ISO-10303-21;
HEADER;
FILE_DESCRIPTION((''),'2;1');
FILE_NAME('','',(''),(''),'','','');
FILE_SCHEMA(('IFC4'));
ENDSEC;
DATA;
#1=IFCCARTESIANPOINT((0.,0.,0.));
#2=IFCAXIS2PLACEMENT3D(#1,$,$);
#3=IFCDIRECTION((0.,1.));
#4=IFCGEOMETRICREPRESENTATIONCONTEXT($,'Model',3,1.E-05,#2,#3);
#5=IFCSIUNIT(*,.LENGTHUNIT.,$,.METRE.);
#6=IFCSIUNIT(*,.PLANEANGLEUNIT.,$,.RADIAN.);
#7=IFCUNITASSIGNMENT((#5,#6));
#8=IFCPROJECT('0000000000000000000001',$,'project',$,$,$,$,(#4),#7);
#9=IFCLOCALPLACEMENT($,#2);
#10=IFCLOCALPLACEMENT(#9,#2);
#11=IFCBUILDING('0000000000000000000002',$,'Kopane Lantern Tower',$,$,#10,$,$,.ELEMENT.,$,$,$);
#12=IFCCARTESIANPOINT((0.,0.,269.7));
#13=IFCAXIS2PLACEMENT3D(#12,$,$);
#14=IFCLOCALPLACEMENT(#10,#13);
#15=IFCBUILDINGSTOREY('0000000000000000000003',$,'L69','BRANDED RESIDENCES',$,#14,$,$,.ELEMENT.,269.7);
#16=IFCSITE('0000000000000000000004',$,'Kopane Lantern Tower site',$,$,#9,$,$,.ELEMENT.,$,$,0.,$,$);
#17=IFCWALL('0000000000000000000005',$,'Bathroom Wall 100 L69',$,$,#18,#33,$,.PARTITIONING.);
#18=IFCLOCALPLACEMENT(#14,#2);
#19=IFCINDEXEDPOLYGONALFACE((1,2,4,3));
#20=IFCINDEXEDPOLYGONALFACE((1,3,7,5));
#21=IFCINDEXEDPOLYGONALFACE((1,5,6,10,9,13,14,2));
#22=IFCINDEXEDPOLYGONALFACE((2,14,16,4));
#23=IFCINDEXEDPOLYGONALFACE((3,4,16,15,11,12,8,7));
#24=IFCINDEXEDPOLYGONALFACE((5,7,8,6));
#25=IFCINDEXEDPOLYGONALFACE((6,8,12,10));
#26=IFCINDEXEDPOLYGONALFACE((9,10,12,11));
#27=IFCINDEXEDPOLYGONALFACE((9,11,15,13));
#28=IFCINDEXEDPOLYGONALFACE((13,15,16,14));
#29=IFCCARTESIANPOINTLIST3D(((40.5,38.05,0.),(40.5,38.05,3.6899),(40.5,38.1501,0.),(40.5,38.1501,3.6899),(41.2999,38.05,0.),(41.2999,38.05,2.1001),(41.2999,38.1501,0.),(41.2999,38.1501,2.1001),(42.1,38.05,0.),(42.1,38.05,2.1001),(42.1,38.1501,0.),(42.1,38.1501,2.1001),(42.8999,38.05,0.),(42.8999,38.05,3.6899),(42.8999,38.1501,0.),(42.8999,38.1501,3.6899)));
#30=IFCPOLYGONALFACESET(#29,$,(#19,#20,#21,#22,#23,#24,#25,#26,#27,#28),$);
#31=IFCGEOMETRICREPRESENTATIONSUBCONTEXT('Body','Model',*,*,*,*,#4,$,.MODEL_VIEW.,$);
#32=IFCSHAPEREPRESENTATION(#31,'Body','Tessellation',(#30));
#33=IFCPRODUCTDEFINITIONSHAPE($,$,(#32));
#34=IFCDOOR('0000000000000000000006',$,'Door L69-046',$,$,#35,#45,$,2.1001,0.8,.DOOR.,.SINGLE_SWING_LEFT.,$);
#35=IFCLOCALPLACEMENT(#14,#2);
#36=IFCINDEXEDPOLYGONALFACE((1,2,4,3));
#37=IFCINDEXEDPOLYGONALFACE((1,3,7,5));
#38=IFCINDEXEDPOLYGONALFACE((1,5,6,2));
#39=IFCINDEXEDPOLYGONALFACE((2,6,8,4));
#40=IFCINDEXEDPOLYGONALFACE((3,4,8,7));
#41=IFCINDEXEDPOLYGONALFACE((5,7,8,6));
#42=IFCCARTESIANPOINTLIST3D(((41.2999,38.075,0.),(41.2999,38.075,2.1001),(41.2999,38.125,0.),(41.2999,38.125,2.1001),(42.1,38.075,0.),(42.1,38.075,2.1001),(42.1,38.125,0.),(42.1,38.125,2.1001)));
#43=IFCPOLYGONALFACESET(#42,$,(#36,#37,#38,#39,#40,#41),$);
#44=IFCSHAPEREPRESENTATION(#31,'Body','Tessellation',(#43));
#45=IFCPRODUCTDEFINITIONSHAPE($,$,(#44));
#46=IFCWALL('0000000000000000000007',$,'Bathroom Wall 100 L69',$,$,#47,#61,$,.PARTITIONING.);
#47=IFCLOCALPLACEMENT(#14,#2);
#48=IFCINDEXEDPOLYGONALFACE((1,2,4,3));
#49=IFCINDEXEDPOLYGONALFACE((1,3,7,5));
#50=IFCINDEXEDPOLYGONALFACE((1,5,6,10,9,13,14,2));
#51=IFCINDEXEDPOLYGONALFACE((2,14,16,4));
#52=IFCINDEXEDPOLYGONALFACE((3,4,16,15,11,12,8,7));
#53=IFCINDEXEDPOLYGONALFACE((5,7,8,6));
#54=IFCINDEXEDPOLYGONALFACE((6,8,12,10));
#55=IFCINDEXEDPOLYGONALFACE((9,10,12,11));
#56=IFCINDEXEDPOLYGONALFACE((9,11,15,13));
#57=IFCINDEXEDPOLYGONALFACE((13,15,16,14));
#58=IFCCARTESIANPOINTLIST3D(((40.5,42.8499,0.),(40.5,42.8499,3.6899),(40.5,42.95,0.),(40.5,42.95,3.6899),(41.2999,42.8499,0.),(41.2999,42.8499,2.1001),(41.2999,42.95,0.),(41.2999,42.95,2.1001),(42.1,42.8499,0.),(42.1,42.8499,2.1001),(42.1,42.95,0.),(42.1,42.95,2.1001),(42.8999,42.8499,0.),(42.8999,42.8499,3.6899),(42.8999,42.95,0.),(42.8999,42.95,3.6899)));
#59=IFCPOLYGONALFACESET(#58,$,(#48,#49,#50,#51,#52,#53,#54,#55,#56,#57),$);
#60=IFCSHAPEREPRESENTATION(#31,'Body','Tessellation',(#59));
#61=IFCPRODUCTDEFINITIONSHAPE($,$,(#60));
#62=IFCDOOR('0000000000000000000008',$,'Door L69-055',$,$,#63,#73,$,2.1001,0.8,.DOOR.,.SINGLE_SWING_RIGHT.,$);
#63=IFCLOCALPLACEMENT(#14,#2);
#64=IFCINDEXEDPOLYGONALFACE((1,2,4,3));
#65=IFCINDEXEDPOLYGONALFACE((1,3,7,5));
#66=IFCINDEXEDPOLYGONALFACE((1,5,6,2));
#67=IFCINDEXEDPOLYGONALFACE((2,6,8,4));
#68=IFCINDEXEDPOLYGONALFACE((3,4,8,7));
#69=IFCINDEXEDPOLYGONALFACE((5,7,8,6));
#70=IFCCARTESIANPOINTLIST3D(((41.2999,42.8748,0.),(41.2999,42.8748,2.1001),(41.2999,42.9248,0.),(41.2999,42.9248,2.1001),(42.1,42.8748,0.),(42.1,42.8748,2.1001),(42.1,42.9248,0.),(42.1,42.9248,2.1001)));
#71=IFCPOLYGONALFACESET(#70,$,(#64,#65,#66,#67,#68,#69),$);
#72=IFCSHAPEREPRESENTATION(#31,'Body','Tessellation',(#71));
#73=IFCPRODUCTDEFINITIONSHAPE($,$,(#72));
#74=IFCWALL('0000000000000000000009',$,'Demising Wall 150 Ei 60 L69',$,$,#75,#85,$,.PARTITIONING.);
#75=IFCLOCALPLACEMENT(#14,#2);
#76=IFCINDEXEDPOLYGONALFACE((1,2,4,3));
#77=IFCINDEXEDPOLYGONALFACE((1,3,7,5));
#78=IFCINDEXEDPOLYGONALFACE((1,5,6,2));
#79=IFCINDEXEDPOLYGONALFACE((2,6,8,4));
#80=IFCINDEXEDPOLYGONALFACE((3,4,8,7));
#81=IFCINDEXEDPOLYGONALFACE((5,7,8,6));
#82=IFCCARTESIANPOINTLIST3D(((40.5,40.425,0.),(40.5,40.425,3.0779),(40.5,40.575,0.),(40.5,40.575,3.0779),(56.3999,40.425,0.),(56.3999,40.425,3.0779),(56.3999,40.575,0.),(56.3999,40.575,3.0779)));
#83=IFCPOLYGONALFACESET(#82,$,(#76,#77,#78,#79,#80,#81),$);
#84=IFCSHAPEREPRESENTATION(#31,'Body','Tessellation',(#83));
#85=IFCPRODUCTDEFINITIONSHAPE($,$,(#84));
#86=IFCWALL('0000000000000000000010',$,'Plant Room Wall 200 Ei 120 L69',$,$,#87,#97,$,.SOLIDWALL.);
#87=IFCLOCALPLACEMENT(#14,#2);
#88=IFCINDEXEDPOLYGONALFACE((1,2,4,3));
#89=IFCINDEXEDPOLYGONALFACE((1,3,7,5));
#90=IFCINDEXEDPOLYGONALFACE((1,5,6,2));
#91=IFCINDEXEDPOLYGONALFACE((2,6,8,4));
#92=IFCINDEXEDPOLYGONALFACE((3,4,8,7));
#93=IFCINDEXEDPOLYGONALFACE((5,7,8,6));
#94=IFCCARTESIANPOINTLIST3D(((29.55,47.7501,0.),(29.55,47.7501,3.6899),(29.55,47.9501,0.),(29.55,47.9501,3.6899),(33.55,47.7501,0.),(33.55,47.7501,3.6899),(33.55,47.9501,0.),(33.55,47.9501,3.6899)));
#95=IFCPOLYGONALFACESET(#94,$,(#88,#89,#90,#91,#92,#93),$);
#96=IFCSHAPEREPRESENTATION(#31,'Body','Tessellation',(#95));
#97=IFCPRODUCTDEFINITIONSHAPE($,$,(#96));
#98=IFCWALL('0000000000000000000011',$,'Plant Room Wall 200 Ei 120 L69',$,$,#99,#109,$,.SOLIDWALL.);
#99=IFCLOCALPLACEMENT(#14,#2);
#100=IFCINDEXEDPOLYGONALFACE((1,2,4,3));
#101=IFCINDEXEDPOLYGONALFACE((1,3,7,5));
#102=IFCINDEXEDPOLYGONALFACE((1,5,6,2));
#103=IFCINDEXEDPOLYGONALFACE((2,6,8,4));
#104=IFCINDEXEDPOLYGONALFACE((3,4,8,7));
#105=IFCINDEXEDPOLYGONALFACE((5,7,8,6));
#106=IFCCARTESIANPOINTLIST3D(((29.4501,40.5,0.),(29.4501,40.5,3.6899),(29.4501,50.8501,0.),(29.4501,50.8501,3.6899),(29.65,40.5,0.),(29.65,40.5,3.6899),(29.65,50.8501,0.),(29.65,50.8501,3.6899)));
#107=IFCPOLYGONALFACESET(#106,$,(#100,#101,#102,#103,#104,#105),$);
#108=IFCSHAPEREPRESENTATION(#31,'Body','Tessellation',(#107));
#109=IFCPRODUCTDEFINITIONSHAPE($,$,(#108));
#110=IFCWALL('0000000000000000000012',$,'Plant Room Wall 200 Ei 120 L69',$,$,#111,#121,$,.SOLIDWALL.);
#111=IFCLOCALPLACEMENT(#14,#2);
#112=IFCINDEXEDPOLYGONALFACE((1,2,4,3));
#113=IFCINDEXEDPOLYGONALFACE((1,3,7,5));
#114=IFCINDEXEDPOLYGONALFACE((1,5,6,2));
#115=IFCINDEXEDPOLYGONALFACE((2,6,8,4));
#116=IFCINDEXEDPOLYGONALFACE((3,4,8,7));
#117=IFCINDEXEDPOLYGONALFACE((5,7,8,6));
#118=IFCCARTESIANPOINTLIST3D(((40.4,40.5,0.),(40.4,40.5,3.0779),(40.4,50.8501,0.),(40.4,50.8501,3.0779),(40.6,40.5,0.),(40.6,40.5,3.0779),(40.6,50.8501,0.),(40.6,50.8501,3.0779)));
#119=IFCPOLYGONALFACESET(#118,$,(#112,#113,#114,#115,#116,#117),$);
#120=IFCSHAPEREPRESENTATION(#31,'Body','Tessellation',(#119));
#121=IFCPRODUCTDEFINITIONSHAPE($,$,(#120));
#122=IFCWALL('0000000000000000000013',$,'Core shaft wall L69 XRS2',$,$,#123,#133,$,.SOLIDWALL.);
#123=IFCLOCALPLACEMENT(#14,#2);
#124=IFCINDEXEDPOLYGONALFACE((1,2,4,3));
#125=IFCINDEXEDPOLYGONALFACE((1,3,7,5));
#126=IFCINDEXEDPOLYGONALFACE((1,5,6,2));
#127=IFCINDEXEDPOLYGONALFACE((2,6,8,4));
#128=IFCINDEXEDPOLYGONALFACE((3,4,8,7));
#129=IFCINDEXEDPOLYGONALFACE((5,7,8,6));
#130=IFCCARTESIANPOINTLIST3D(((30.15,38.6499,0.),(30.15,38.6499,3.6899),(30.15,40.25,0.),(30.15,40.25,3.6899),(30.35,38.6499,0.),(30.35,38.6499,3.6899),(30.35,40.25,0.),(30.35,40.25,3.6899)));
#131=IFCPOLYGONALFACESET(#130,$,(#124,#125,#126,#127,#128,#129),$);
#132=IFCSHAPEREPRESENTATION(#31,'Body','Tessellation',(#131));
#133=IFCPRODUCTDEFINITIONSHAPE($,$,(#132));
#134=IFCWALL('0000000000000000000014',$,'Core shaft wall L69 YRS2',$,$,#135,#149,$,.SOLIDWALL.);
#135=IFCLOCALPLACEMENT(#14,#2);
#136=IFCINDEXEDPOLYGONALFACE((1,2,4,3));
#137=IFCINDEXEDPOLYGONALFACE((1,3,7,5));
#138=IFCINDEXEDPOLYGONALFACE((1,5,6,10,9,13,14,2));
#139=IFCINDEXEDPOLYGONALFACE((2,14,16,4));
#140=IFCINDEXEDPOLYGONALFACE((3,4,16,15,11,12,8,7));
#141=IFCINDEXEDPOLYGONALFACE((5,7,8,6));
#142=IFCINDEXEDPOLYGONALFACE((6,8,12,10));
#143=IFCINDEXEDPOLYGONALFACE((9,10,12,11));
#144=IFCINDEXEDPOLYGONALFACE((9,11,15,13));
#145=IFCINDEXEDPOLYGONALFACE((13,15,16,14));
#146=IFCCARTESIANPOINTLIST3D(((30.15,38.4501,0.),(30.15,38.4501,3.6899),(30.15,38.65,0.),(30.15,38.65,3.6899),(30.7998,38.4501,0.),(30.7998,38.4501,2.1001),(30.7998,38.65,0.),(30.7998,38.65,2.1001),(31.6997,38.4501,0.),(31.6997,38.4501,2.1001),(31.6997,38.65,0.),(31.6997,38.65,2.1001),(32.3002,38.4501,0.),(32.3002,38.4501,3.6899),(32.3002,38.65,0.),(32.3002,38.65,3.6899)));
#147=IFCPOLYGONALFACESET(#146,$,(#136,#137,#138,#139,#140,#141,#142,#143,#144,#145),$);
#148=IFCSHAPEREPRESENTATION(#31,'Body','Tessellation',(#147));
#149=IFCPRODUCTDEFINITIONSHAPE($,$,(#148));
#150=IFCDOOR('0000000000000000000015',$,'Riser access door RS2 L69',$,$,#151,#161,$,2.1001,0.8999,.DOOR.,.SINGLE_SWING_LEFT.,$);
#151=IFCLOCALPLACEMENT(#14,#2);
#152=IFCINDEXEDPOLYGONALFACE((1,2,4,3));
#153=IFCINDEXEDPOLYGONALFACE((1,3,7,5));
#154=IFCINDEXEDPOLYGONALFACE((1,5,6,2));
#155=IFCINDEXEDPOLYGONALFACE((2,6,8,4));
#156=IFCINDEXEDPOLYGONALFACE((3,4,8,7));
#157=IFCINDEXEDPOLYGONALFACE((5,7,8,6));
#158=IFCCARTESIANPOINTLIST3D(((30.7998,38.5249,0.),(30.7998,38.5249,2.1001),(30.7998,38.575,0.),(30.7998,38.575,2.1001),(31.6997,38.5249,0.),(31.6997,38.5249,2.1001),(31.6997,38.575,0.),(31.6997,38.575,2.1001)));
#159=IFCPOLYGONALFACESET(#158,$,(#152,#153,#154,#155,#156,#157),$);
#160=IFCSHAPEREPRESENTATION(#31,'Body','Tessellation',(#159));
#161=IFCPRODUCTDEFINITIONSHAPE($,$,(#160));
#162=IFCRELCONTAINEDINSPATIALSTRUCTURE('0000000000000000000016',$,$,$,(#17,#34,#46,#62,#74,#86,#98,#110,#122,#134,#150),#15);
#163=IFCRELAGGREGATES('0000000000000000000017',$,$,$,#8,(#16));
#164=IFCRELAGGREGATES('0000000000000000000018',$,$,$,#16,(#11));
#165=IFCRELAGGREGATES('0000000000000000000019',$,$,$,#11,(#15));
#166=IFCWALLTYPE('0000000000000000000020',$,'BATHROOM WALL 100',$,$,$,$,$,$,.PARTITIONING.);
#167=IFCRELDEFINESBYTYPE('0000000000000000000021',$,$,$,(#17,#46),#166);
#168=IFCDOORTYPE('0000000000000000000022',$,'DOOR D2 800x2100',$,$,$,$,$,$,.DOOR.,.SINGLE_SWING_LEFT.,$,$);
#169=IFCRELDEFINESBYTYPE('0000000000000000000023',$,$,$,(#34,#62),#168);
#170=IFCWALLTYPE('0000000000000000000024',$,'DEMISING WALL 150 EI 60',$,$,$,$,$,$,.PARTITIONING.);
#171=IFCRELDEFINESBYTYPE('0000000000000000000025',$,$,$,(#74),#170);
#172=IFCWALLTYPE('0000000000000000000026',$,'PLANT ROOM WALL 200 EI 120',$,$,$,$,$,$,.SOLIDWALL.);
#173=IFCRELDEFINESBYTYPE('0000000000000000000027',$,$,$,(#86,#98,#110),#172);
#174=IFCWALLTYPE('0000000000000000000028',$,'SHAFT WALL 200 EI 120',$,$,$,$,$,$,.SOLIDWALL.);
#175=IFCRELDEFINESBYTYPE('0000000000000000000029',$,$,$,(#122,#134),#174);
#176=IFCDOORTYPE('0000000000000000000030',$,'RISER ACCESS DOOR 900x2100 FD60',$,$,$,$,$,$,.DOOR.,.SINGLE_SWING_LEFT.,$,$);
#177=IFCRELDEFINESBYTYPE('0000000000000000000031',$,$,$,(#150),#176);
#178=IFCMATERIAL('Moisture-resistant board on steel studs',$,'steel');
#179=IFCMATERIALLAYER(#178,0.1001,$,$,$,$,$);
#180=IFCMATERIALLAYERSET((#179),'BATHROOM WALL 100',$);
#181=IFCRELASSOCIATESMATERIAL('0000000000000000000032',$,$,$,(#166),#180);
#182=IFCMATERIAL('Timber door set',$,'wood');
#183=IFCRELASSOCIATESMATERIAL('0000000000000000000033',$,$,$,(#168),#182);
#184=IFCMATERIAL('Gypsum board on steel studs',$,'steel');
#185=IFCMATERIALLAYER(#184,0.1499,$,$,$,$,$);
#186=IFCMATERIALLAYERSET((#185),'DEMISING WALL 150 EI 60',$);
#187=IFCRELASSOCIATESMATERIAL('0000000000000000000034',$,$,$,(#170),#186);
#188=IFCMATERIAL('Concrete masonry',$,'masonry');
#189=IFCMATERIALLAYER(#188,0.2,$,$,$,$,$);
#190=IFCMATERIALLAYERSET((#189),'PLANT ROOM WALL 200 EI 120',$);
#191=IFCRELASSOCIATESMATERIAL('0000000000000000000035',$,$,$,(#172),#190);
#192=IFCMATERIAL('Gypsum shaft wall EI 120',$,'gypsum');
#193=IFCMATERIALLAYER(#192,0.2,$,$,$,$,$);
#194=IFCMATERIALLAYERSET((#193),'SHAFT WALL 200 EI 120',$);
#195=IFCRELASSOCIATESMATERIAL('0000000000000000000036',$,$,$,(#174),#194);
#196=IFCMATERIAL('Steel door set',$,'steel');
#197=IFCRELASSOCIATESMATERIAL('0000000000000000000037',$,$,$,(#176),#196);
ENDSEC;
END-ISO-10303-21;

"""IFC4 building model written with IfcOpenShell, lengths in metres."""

from ifc_helpers import new_model, si_unit, direction, frame, frame_2d, origin, place, context, subcontext, project, spatial, rectangle, extrude, material, layer, layer_set, type_object, element, fill, save


model = new_model("IFC4")

# Units and contexts
model_context = context("Model", 3, precision=1e-05, world=origin(), true_north=direction((0.0, 1.0)))
body_context = subcontext(model_context, "Body", "Model", "MODEL_VIEW")
ifc_project = project(units=[si_unit("LENGTHUNIT", "METRE"), si_unit("PLANEANGLEUNIT", "RADIAN")], contexts=[model_context])

# Site, building, storey
site_placement = place(None, origin())
site = spatial("IfcSite", under=ifc_project, at=site_placement, Name="Kopane Lantern Tower site", CompositionType="ELEMENT", RefElevation=0.0)
building_placement = place(site_placement, origin())
building = spatial("IfcBuilding", under=site, at=building_placement, Name="Kopane Lantern Tower", CompositionType="ELEMENT")
storey_placement = place(building_placement, frame((0.0, 0.0, 269.7)))
storey = spatial("IfcBuildingStorey", under=building, at=storey_placement, Name="L69", Description="BRANDED RESIDENCES", CompositionType="ELEMENT", Elevation=269.7)

# Walls, openings, doors
ifc_material_1 = material(Name="Moisture-resistant board on steel studs", Category="steel")
ifc_layer_1 = layer(ifc_material_1, 0.1001)
ifc_layer_set_1 = layer_set([ifc_layer_1], Name="BATHROOM WALL 100")
wall_type_1 = type_object("IfcWallType", Name="BATHROOM WALL 100", PredefinedType="PARTITIONING", material=ifc_layer_set_1)
wall_1_placement = place(storey_placement, frame((40.5, 38.1001, 0.0), z_axis=(0.0, 0.0, 1.0), x_axis=(1.0, 0.0, 0.0)))
wall_1 = element("IfcWall", 1, at=wall_1_placement, inside=storey, type_object=wall_type_1, Name="Bathroom Wall 100 L69", PredefinedType="PARTITIONING", context=body_context, shape_type="SweptSolid", body=[
    extrude(rectangle(XDim=2.3999, YDim=0.1001, at=frame_2d((1.2, 0.0))), origin(), (0.0, 0.0, 1.0), 3.6899),
])
opening_1_placement = place(wall_1_placement, frame((0.8, 0.0, 0.0)))
opening_1 = element("IfcOpeningElement", 2, at=opening_1_placement, cuts=wall_1, PredefinedType="OPENING", context=body_context, shape_type="SweptSolid", body=[
    extrude(rectangle(XDim=0.8, YDim=2.1001, at=frame_2d((0.3999, 1.05))), frame((0.0, 0.0601, 0.0), z_axis=(0.0, -1.0, 0.0), x_axis=(1.0, 0.0, 0.0)), (0.0, 0.0, 1.0), 0.1201),
])
ifc_material_2 = material(Name="Timber door set", Category="wood")
door_type_1 = type_object("IfcDoorType", Name="DOOR D2 800x2100", OperationType="SINGLE_SWING_LEFT", PredefinedType="DOOR", material=ifc_material_2)
door_1_placement = place(opening_1_placement, origin())
door_1 = element("IfcDoor", 3, at=door_1_placement, inside=storey, type_object=door_type_1, Name="Door L69-046", OperationType="SINGLE_SWING_LEFT", OverallHeight=2.1001, OverallWidth=0.8, PredefinedType="DOOR", context=body_context, shape_type="SweptSolid", body=[
    extrude(rectangle(XDim=0.8, YDim=2.1001, at=frame_2d((0.3999, 1.05))), frame((0.0, 0.0249, 0.0), z_axis=(0.0, -1.0, 0.0), x_axis=(1.0, 0.0, 0.0)), (0.0, 0.0, 1.0), 0.05),
])
fill(opening_1, door_1)
wall_2_placement = place(storey_placement, frame((40.5, 42.8999, 0.0), z_axis=(0.0, 0.0, 1.0), x_axis=(1.0, 0.0, 0.0)))
wall_2 = element("IfcWall", 4, at=wall_2_placement, inside=storey, type_object=wall_type_1, Name="Bathroom Wall 100 L69", PredefinedType="PARTITIONING", context=body_context, shape_type="SweptSolid", body=[
    extrude(rectangle(XDim=2.3999, YDim=0.1001, at=frame_2d((1.2, 0.0))), origin(), (0.0, 0.0, 1.0), 3.6899),
])
opening_2_placement = place(wall_2_placement, frame((0.8, 0.0, 0.0)))
opening_2 = element("IfcOpeningElement", 5, at=opening_2_placement, cuts=wall_2, PredefinedType="OPENING", context=body_context, shape_type="SweptSolid", body=[
    extrude(rectangle(XDim=0.8, YDim=2.1001, at=frame_2d((0.3999, 1.05))), frame((0.0, 0.0601, 0.0), z_axis=(0.0, -1.0, 0.0), x_axis=(1.0, 0.0, 0.0)), (0.0, 0.0, 1.0), 0.1201),
])
door_2_placement = place(opening_2_placement, origin())
door_2 = element("IfcDoor", 6, at=door_2_placement, inside=storey, type_object=door_type_1, Name="Door L69-055", OperationType="SINGLE_SWING_RIGHT", OverallHeight=2.1001, OverallWidth=0.8, PredefinedType="DOOR", context=body_context, shape_type="SweptSolid", body=[
    extrude(rectangle(XDim=0.8, YDim=2.1001, at=frame_2d((0.3999, 1.05))), frame((0.0, 0.0249, 0.0), z_axis=(0.0, -1.0, 0.0), x_axis=(1.0, 0.0, 0.0)), (0.0, 0.0, 1.0), 0.05),
])
fill(opening_2, door_2)

# Walls
ifc_material_3 = material(Name="Gypsum board on steel studs", Category="steel")
ifc_layer_2 = layer(ifc_material_3, 0.1499)
ifc_layer_set_2 = layer_set([ifc_layer_2], Name="DEMISING WALL 150 EI 60")
wall_type_2 = type_object("IfcWallType", Name="DEMISING WALL 150 EI 60", PredefinedType="PARTITIONING", material=ifc_layer_set_2)
wall_3_placement = place(storey_placement, frame((40.5, 40.5, 0.0), z_axis=(0.0, 0.0, 1.0), x_axis=(1.0, 0.0, 0.0)))
element("IfcWall", 7, at=wall_3_placement, inside=storey, type_object=wall_type_2, Name="Demising Wall 150 Ei 60 L69", PredefinedType="PARTITIONING", context=body_context, shape_type="SweptSolid", body=[
    extrude(rectangle(XDim=15.8999, YDim=0.1499, at=frame_2d((7.95, 0.0))), origin(), (0.0, 0.0, 1.0), 3.0779),
])
ifc_material_4 = material(Name="Concrete masonry", Category="masonry")
ifc_layer_3 = layer(ifc_material_4, 0.2)
ifc_layer_set_3 = layer_set([ifc_layer_3], Name="PLANT ROOM WALL 200 EI 120")
wall_type_3 = type_object("IfcWallType", Name="PLANT ROOM WALL 200 EI 120", PredefinedType="SOLIDWALL", material=ifc_layer_set_3)
wall_4_placement = place(storey_placement, frame((29.55, 47.8501, 0.0), z_axis=(0.0, 0.0, 1.0), x_axis=(1.0, 0.0, 0.0)))
element("IfcWall", 8, at=wall_4_placement, inside=storey, type_object=wall_type_3, Name="Plant Room Wall 200 Ei 120 L69", PredefinedType="SOLIDWALL", context=body_context, shape_type="SweptSolid", body=[
    extrude(rectangle(XDim=4.0, YDim=0.2, at=frame_2d((2.0, 0.0))), origin(), (0.0, 0.0, 1.0), 3.6899),
])
wall_5_placement = place(storey_placement, frame((29.55, 40.5, 0.0), z_axis=(0.0, 0.0, 1.0), x_axis=(0.0, 1.0, 0.0)))
element("IfcWall", 9, at=wall_5_placement, inside=storey, type_object=wall_type_3, Name="Plant Room Wall 200 Ei 120 L69", PredefinedType="SOLIDWALL", context=body_context, shape_type="SweptSolid", body=[
    extrude(rectangle(XDim=10.3501, YDim=0.2, at=frame_2d((5.175, 0.0))), origin(), (0.0, 0.0, 1.0), 3.6899),
])
wall_6_placement = place(storey_placement, frame((40.5, 40.5, 0.0), z_axis=(0.0, 0.0, 1.0), x_axis=(0.0, 1.0, 0.0)))
element("IfcWall", 10, at=wall_6_placement, inside=storey, type_object=wall_type_3, Name="Plant Room Wall 200 Ei 120 L69", PredefinedType="SOLIDWALL", context=body_context, shape_type="SweptSolid", body=[
    extrude(rectangle(XDim=10.3501, YDim=0.2, at=frame_2d((5.175, 0.0))), origin(), (0.0, 0.0, 1.0), 3.0779),
])
ifc_material_5 = material(Name="Gypsum shaft wall EI 120", Category="gypsum")
ifc_layer_4 = layer(ifc_material_5, 0.2)
ifc_layer_set_4 = layer_set([ifc_layer_4], Name="SHAFT WALL 200 EI 120")
wall_type_4 = type_object("IfcWallType", Name="SHAFT WALL 200 EI 120", PredefinedType="SOLIDWALL", material=ifc_layer_set_4)
wall_7_placement = place(storey_placement, frame((30.25, 38.6499, 0.0), z_axis=(0.0, 0.0, 1.0), x_axis=(0.0, 1.0, 0.0)))
element("IfcWall", 11, at=wall_7_placement, inside=storey, type_object=wall_type_4, Name="Core shaft wall L69 XRS2", PredefinedType="SOLIDWALL", context=body_context, shape_type="SweptSolid", body=[
    extrude(rectangle(XDim=1.6001, YDim=0.2, at=frame_2d((0.8, 0.0))), origin(), (0.0, 0.0, 1.0), 3.6899),
])

# Wall, opening, door
wall_8_placement = place(storey_placement, frame((30.1499, 38.55, 0.0), z_axis=(0.0, 0.0, 1.0), x_axis=(1.0, 0.0, 0.0)))
wall_8 = element("IfcWall", 12, at=wall_8_placement, inside=storey, type_object=wall_type_4, Name="Core shaft wall L69 YRS2", PredefinedType="SOLIDWALL", context=body_context, shape_type="SweptSolid", body=[
    extrude(rectangle(XDim=2.1501, YDim=0.2, at=frame_2d((1.0752, 0.0))), origin(), (0.0, 0.0, 1.0), 3.6899),
])
opening_3_placement = place(wall_8_placement, frame((0.6499, 0.0, 0.0)))
opening_3 = element("IfcOpeningElement", 13, at=opening_3_placement, cuts=wall_8, PredefinedType="OPENING", context=body_context, shape_type="SweptSolid", body=[
    extrude(rectangle(XDim=0.8999, YDim=2.1001, at=frame_2d((0.45, 1.05))), frame((0.0, 0.1099, 0.0), z_axis=(0.0, -1.0, 0.0), x_axis=(1.0, 0.0, 0.0)), (0.0, 0.0, 1.0), 0.22),
])
ifc_material_6 = material(Name="Steel door set", Category="steel")
door_type_2 = type_object("IfcDoorType", Name="RISER ACCESS DOOR 900x2100 FD60", OperationType="SINGLE_SWING_LEFT", PredefinedType="DOOR", material=ifc_material_6)
door_3_placement = place(opening_3_placement, origin())
door_3 = element("IfcDoor", 14, at=door_3_placement, inside=storey, type_object=door_type_2, Name="Riser access door RS2 L69", OperationType="SINGLE_SWING_LEFT", OverallHeight=2.1001, OverallWidth=0.8999, PredefinedType="DOOR", context=body_context, shape_type="SweptSolid", body=[
    extrude(rectangle(XDim=0.8999, YDim=2.1001, at=frame_2d((0.45, 1.05))), frame((0.0, 0.0249, 0.0), z_axis=(0.0, -1.0, 0.0), x_axis=(1.0, 0.0, 0.0)), (0.0, 0.0, 1.0), 0.05),
])
fill(opening_3, door_3)

save(model, "model.ifc")
